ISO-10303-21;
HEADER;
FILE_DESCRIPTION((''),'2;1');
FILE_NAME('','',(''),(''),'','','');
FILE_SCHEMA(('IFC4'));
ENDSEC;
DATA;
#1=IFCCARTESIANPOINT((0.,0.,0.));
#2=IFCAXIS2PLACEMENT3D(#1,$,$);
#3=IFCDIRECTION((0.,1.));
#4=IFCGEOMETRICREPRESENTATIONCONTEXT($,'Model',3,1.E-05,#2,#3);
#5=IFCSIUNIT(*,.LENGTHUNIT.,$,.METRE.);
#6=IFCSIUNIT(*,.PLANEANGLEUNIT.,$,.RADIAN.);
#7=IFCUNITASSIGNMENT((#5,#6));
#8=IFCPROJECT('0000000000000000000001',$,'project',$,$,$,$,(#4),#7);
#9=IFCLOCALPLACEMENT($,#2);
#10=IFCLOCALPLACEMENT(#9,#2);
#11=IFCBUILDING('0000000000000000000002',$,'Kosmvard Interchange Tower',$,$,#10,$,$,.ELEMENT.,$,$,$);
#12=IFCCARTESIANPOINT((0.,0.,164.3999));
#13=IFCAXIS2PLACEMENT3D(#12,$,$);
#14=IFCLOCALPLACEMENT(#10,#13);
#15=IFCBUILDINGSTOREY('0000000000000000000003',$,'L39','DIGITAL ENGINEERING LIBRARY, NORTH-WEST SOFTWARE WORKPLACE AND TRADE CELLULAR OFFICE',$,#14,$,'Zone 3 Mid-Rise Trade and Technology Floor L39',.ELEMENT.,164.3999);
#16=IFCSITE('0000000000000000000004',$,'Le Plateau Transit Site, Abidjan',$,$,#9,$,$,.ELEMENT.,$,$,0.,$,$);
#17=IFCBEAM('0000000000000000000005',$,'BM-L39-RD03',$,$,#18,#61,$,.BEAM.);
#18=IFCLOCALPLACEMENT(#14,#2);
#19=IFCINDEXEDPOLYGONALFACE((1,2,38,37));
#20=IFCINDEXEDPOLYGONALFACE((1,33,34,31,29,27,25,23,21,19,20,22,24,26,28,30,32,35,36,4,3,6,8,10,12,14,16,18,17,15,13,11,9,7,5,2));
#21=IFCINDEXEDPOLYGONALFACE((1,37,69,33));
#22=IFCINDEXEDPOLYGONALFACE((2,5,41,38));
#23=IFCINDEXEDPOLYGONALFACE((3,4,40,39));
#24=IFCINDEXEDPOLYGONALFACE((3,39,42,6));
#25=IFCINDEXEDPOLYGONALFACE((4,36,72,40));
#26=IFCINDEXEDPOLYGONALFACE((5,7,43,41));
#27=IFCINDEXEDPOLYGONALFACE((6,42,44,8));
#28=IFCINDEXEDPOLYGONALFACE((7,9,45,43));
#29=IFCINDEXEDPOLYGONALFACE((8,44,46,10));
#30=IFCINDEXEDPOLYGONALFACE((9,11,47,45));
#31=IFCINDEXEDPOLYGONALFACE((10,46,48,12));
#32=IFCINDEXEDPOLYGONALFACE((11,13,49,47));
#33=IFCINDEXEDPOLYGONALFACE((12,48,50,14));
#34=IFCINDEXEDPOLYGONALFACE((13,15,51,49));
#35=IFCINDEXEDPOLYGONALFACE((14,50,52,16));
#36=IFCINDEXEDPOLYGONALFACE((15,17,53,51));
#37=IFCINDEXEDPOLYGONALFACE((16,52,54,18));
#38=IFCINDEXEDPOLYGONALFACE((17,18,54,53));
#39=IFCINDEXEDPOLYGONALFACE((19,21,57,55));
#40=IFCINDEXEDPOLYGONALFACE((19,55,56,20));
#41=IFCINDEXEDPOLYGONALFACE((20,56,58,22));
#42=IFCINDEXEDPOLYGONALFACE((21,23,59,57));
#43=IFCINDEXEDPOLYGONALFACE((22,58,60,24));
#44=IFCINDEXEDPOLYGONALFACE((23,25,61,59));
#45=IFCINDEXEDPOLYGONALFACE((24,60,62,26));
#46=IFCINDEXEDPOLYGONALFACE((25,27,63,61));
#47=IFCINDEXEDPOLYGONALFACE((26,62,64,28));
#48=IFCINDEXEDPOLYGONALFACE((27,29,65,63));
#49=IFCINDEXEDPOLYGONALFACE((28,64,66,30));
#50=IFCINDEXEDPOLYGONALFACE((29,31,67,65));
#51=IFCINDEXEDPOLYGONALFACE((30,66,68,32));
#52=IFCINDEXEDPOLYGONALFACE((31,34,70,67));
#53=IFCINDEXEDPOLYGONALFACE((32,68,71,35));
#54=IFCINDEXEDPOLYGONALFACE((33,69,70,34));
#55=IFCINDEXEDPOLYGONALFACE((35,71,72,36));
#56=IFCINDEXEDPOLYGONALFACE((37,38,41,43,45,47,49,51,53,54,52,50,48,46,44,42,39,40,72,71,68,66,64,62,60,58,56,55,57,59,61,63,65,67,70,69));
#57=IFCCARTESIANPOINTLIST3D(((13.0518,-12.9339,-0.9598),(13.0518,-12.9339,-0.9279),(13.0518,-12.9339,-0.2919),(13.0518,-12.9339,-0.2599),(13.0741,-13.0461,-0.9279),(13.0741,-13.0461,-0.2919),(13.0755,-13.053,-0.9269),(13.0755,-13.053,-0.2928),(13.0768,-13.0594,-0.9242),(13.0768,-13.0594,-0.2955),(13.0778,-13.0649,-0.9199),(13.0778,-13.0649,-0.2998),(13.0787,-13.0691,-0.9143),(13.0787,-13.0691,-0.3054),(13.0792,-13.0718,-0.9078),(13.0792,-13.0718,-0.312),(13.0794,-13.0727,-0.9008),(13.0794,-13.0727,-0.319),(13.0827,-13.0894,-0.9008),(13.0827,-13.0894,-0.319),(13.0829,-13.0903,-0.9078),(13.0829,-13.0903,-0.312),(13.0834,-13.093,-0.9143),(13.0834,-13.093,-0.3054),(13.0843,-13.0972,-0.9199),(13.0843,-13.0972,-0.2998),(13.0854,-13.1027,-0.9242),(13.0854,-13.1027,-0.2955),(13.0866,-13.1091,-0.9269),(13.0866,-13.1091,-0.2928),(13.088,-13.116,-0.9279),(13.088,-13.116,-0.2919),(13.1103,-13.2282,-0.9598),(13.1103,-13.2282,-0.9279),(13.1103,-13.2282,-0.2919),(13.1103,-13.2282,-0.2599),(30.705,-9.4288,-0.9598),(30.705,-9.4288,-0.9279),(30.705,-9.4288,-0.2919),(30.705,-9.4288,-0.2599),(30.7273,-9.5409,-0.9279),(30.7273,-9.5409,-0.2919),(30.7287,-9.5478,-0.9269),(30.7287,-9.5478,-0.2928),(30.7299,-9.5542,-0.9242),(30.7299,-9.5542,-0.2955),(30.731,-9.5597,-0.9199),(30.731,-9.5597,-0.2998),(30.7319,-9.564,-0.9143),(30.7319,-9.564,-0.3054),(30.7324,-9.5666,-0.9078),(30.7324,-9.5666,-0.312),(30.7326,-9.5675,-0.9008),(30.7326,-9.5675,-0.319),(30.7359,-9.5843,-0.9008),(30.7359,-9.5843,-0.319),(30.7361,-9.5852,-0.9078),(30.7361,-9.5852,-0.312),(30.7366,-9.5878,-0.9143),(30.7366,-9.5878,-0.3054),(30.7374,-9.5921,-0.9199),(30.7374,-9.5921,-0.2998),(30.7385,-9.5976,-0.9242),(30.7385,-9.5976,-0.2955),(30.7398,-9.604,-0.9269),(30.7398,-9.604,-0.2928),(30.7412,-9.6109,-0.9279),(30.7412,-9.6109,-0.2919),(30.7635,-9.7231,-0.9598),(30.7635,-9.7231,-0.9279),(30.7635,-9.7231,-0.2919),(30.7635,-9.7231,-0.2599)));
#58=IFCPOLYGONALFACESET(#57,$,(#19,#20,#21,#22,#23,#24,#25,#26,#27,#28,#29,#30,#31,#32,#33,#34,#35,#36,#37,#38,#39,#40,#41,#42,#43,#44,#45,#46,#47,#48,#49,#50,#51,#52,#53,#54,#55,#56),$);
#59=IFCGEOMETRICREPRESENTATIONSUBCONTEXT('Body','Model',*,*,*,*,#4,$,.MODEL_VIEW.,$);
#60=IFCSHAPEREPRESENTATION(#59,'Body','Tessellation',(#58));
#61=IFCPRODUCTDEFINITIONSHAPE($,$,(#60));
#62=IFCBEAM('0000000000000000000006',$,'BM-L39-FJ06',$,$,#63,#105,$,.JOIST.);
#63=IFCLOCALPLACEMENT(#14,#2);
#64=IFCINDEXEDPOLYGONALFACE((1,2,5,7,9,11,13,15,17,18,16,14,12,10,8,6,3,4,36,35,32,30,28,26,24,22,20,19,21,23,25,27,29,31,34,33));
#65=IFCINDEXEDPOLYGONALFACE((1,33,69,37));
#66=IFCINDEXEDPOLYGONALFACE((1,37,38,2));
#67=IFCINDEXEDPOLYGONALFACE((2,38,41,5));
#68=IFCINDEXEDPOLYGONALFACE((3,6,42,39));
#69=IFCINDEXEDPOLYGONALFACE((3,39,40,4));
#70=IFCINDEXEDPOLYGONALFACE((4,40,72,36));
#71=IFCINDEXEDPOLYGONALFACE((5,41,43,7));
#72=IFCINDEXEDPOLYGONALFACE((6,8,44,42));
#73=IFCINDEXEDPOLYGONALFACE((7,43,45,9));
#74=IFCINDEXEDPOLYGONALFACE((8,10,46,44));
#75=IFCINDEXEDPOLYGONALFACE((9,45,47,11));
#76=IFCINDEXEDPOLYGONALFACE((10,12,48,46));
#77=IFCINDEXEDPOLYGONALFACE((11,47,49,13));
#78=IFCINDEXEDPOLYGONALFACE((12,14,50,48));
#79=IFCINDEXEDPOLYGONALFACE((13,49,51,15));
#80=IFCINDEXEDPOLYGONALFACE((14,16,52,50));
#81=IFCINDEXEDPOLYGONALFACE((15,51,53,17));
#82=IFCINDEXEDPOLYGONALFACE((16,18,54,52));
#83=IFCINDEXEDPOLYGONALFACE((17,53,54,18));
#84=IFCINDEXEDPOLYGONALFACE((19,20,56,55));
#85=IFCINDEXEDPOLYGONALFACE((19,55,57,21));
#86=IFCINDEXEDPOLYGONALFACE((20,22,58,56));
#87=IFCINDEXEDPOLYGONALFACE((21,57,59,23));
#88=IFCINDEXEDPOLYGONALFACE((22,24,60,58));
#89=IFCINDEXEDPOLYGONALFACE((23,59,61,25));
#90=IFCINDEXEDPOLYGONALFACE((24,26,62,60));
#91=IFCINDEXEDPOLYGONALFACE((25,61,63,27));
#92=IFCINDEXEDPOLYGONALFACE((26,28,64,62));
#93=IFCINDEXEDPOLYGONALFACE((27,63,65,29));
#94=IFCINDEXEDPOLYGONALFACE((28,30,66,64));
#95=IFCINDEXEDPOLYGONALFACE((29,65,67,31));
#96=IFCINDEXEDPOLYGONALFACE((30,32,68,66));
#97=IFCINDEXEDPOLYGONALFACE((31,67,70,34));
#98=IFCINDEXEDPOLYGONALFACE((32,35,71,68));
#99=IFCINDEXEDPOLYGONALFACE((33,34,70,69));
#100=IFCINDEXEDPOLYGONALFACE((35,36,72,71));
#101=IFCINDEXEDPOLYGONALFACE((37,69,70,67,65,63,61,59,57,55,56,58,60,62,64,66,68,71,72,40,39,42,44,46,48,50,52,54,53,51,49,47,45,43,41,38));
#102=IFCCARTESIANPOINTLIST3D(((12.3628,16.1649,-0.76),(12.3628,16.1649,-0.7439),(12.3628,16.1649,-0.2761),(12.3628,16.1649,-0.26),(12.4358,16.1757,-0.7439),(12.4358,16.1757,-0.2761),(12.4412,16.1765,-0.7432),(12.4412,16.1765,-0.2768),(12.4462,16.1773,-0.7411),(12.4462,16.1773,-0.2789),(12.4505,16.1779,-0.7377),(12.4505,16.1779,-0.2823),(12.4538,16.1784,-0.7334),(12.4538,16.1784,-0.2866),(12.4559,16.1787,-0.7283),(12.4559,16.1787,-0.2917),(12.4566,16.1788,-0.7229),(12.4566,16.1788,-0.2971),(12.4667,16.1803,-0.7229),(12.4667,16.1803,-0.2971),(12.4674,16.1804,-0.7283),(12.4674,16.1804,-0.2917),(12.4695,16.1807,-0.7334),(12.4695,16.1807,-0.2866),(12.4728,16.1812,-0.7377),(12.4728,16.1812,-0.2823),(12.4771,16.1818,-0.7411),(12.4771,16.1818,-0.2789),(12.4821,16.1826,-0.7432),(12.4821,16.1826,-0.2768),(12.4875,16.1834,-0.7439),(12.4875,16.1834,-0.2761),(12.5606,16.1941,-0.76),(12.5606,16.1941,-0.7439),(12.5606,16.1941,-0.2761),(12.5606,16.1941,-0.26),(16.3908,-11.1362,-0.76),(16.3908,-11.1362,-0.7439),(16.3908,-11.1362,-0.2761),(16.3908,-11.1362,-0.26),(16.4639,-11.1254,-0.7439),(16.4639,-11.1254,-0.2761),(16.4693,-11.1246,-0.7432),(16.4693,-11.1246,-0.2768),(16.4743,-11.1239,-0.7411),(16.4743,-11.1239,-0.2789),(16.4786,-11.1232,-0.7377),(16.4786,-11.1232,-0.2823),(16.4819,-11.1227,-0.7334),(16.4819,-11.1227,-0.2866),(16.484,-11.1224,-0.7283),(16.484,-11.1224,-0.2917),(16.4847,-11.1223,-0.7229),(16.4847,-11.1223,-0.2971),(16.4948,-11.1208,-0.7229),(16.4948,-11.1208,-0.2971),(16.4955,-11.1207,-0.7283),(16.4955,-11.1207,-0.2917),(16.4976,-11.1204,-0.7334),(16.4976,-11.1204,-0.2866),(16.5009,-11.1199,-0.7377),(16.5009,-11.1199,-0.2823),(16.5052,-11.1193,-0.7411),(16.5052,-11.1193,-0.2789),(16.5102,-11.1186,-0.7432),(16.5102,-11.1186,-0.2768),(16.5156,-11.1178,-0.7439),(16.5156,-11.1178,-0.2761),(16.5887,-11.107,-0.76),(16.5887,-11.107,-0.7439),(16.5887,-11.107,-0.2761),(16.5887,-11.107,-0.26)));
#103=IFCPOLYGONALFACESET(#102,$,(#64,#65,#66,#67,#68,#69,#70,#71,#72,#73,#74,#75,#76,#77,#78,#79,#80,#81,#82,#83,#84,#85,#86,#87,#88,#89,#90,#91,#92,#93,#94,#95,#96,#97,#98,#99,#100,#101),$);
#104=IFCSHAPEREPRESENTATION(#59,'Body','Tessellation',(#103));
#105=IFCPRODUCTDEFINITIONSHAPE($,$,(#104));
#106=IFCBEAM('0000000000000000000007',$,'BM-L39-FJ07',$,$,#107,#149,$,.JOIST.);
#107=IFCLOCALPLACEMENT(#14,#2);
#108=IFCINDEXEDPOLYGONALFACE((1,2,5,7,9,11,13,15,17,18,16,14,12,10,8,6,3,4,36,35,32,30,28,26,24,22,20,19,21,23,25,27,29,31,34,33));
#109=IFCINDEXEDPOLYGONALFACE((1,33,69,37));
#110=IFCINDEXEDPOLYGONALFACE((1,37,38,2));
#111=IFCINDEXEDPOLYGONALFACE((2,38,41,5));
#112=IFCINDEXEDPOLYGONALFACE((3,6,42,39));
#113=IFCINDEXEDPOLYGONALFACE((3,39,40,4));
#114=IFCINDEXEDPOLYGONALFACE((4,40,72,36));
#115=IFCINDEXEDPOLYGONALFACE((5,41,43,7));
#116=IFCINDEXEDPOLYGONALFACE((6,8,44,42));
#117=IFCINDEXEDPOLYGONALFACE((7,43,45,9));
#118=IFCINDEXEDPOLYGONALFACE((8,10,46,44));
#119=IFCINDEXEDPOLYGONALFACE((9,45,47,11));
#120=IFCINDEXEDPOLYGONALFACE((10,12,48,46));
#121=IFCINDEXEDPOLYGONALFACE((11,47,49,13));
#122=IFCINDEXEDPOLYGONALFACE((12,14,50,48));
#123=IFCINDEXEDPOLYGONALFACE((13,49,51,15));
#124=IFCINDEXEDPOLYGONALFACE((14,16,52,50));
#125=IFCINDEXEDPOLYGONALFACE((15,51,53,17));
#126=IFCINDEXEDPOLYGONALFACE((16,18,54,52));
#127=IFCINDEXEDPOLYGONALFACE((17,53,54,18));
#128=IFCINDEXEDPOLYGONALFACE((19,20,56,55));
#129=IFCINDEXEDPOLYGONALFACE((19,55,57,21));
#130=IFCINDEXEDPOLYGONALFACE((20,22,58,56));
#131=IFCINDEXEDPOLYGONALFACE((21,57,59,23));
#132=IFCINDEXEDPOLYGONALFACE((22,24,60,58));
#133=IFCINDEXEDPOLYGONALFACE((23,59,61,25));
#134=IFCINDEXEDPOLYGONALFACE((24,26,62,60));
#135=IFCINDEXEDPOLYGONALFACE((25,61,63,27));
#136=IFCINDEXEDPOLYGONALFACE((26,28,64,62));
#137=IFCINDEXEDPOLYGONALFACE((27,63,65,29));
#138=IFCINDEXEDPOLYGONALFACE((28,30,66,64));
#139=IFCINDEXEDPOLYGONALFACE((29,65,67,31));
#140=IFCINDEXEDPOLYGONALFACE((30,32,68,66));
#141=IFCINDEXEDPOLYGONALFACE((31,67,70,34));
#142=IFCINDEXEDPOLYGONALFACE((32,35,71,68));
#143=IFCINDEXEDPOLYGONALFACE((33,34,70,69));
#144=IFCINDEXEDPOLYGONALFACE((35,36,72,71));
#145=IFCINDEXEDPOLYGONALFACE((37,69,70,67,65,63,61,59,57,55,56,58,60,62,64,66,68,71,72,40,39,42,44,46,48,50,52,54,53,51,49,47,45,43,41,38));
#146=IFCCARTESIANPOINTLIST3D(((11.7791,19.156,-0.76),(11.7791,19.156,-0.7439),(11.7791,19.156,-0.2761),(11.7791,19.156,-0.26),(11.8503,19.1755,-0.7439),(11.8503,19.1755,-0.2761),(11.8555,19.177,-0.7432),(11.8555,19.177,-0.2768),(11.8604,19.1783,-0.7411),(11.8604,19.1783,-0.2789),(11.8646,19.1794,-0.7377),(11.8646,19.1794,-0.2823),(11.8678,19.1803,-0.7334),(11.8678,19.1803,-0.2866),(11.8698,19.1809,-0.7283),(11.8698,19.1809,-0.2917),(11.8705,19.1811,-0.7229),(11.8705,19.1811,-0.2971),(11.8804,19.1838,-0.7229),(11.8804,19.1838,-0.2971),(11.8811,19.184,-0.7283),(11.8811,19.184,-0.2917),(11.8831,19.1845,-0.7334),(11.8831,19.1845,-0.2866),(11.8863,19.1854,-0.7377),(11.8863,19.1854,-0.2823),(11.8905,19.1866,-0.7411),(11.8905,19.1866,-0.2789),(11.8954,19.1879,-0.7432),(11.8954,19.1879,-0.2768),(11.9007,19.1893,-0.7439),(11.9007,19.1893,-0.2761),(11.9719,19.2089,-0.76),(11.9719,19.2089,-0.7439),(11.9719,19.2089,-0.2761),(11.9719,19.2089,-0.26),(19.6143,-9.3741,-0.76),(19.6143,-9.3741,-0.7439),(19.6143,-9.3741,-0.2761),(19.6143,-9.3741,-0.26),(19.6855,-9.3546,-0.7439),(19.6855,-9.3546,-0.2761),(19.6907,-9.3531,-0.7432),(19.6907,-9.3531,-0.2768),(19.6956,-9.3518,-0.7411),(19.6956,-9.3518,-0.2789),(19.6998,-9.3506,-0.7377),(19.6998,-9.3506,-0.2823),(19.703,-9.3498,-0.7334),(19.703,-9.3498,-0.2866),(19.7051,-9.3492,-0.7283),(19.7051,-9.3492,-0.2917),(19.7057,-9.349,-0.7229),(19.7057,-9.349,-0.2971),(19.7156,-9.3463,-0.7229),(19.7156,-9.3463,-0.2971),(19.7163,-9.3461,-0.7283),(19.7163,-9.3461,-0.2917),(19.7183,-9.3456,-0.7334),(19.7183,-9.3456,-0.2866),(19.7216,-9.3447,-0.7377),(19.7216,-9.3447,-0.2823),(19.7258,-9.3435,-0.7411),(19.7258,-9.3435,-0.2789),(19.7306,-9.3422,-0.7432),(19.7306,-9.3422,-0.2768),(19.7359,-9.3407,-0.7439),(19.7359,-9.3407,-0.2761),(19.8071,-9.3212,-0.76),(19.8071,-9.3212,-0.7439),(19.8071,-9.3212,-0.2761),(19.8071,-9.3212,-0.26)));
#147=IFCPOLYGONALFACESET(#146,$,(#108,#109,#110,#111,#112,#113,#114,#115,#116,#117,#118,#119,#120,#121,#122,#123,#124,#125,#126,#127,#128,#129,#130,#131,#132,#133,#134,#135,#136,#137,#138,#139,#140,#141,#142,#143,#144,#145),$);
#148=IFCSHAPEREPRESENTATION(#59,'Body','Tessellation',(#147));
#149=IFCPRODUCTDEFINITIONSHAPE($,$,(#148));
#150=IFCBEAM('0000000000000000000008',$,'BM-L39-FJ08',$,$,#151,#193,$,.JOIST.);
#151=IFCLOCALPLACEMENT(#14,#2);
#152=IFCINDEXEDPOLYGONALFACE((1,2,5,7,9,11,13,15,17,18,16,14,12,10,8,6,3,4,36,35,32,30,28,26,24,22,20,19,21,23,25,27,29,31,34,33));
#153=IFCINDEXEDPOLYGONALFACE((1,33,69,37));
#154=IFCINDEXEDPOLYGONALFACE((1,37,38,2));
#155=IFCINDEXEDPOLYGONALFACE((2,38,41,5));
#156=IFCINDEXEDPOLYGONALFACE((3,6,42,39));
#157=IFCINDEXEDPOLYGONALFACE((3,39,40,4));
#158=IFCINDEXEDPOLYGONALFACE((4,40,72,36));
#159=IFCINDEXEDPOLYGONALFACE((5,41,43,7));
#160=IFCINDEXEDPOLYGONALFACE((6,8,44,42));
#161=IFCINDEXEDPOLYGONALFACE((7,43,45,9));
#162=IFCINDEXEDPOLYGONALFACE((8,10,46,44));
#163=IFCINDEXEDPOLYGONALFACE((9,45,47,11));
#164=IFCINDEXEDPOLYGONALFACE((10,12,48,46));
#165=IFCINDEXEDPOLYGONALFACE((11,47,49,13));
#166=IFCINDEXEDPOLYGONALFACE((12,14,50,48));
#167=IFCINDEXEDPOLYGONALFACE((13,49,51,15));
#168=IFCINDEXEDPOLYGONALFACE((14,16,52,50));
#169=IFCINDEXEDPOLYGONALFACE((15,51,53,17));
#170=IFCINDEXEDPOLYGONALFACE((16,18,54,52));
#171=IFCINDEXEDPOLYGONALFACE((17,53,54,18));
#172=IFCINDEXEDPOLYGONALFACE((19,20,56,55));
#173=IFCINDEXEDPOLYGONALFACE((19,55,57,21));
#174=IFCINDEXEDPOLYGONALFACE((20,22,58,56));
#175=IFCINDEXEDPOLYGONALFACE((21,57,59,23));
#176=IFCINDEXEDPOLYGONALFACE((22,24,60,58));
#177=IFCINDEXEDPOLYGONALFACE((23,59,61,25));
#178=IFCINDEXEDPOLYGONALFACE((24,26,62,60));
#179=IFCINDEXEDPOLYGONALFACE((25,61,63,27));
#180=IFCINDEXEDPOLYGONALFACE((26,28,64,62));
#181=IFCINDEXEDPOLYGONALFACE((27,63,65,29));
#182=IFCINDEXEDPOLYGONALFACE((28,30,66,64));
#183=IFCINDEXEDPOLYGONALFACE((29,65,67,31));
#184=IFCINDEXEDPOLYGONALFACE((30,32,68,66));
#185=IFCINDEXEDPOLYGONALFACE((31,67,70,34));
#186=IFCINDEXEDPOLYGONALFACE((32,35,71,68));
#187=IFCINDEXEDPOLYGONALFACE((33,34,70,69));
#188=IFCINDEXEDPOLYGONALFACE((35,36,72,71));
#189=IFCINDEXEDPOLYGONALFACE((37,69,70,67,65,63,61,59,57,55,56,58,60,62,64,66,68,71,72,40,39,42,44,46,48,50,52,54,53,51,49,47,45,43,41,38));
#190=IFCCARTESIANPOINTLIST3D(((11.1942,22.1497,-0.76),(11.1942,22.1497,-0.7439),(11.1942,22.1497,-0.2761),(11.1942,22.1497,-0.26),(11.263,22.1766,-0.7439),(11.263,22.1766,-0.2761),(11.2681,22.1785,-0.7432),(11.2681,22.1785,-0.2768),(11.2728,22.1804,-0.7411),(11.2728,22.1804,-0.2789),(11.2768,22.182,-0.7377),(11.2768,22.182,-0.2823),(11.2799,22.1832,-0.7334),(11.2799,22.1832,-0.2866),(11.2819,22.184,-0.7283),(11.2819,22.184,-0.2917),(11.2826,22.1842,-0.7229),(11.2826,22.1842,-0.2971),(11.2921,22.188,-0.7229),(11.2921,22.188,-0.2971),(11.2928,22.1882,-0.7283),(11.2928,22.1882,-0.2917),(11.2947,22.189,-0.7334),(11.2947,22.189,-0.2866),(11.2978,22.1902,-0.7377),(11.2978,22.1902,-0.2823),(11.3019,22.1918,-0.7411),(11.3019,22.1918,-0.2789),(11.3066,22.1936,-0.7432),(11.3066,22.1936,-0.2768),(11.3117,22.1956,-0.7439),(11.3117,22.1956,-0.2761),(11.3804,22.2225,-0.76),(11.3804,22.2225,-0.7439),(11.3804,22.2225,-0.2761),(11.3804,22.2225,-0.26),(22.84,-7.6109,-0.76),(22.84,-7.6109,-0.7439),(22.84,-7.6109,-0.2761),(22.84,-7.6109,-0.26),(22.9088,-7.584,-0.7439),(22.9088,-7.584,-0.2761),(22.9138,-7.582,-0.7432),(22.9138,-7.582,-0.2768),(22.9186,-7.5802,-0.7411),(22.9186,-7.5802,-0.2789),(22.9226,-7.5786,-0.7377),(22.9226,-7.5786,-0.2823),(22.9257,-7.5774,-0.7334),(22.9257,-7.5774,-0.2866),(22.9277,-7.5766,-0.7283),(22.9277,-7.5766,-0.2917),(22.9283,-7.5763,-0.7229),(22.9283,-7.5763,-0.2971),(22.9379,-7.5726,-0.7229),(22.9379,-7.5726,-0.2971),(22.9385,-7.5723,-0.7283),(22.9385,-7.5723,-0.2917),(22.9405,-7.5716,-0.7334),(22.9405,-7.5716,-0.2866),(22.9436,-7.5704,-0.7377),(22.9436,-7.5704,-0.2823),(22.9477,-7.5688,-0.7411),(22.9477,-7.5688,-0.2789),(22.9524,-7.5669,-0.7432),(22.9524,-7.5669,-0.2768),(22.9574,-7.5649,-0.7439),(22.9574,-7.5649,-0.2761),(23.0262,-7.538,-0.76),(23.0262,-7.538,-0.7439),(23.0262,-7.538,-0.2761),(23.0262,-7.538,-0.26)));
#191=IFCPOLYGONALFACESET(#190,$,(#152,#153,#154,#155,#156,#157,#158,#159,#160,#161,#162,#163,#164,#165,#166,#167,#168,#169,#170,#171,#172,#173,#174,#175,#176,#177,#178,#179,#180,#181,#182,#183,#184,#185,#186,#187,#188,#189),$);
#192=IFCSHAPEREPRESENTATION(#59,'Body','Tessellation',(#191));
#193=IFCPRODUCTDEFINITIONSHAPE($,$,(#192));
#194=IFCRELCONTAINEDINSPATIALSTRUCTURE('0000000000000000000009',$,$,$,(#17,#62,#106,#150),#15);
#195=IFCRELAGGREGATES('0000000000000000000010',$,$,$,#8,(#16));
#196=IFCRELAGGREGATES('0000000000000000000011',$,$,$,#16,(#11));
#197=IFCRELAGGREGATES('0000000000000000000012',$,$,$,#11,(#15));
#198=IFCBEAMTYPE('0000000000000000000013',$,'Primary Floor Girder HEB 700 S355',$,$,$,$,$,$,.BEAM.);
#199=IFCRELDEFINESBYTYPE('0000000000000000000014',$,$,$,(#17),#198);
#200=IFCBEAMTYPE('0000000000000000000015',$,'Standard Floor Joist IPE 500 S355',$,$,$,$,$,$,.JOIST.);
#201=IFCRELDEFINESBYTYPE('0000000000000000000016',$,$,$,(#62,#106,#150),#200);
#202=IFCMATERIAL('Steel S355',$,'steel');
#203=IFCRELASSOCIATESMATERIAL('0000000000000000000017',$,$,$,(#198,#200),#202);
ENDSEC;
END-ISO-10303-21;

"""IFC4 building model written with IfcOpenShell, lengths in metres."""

from ifc_helpers import new_model, si_unit, direction, frame, origin, origin_2d, place, context, subcontext, project, spatial, i_section, extrude, source, transform, mapped, material, material_profile, profile_set, type_object, element, save


model = new_model("IFC4")

# Units and contexts
model_context = context("Model", 3, precision=1e-05, world=origin(), true_north=direction((0.0, 1.0)))
body_context = subcontext(model_context, "Body", "Model", "MODEL_VIEW")
ifc_project = project(units=[si_unit("LENGTHUNIT", "METRE"), si_unit("PLANEANGLEUNIT", "RADIAN")], contexts=[model_context])

# Site, building, storey
site_placement = place(None, origin())
site = spatial("IfcSite", under=ifc_project, at=site_placement, Name="Le Plateau Transit Site, Abidjan", CompositionType="ELEMENT", RefElevation=0.0)
building_placement = place(site_placement, origin())
building = spatial("IfcBuilding", under=site, at=building_placement, Name="Kosmvard Interchange Tower", CompositionType="ELEMENT")
storey_placement = place(building_placement, frame((0.0, 0.0, 164.3999)))
storey = spatial("IfcBuildingStorey", under=building, at=storey_placement, Name="L39", Description="DIGITAL ENGINEERING LIBRARY, NORTH-WEST SOFTWARE WORKPLACE AND TRADE CELLULAR OFFICE", LongName="Zone 3 Mid-Rise Trade and Technology Floor L39", CompositionType="ELEMENT", Elevation=164.3999)

# Beams
ifc_material_1 = material(Name="Steel S355", Category="steel")
ifc_material_profile_1 = material_profile(ifc_material_1, i_section(OverallWidth=0.3, OverallDepth=0.7, WebThickness=0.0171, FlangeThickness=0.032, FilletRadius=0.0271, at=origin_2d()), Name="HEB 700")
ifc_profile_set_1 = profile_set([ifc_material_profile_1], Name="Steel S355")
beam_type_1 = type_object("IfcBeamType", Name="Primary Floor Girder HEB 700 S355", PredefinedType="BEAM", material=ifc_profile_set_1)
shared_shape_1 = source(origin(), body_context, "Body", "SweptSolid", [
    extrude(i_section(OverallWidth=0.3, OverallDepth=0.7, WebThickness=0.0171, FlangeThickness=0.032, FilletRadius=0.0271, at=origin_2d()), origin(), (0.0, 0.0, 1.0), 17.9978),
])
beam_1_placement = place(storey_placement, frame((13.0811, -13.0811, -0.6099), z_axis=(0.980852, 0.194754, 0.0), x_axis=(-0.194754, 0.980852, 0.0)))
element("IfcBeam", 1, at=beam_1_placement, inside=storey, type_object=beam_type_1, Name="BM-L39-RD03", PredefinedType="BEAM", context=body_context, shape_type="MappedRepresentation", body=[
    mapped(shared_shape_1, transform((0.0, 0.0, 0.0), scale=1.0)),
])
ifc_material_profile_2 = material_profile(ifc_material_1, i_section(OverallWidth=0.2, OverallDepth=0.5, WebThickness=0.0103, FlangeThickness=0.0161, FilletRadius=0.021, at=origin_2d()), Name="IPE 500")
ifc_profile_set_2 = profile_set([ifc_material_profile_2], Name="Steel S355")
beam_type_2 = type_object("IfcBeamType", Name="Standard Floor Joist IPE 500 S355", PredefinedType="JOIST", material=ifc_profile_set_2)
shared_shape_2 = source(origin(), body_context, "Body", "SweptSolid", [
    extrude(i_section(OverallWidth=0.2, OverallDepth=0.5, WebThickness=0.0103, FlangeThickness=0.0161, FilletRadius=0.021, at=origin_2d()), origin(), (0.0, 0.0, 1.0), 27.5967),
])
beam_2_placement = place(storey_placement, frame((16.4897, -11.1216, -0.51), z_axis=(-0.145963, 0.98929, 0.0), x_axis=(-0.98929, -0.145963, 0.0)))
element("IfcBeam", 2, at=beam_2_placement, inside=storey, type_object=beam_type_2, Name="BM-L39-FJ06", PredefinedType="JOIST", context=body_context, shape_type="MappedRepresentation", body=[
    mapped(shared_shape_2, transform((0.0, 0.0, 0.0), scale=1.0)),
])
shared_shape_3 = source(origin(), body_context, "Body", "SweptSolid", [
    extrude(i_section(OverallWidth=0.2, OverallDepth=0.5, WebThickness=0.0103, FlangeThickness=0.0161, FilletRadius=0.021, at=origin_2d()), origin(), (0.0, 0.0, 1.0), 29.5864),
])
beam_3_placement = place(storey_placement, frame((19.7107, -9.3477, -0.51), z_axis=(-0.264825, 0.964297, 0.0), x_axis=(-0.964297, -0.264825, 0.0)))
element("IfcBeam", 3, at=beam_3_placement, inside=storey, type_object=beam_type_2, Name="BM-L39-FJ07", PredefinedType="JOIST", context=body_context, shape_type="MappedRepresentation", body=[
    mapped(shared_shape_3, transform((0.0, 0.0, 0.0), scale=1.0)),
])
shared_shape_4 = source(origin(), body_context, "Body", "SweptSolid", [
    extrude(i_section(OverallWidth=0.2, OverallDepth=0.5, WebThickness=0.0103, FlangeThickness=0.0161, FilletRadius=0.021, at=origin_2d()), origin(), (0.0, 0.0, 1.0), 31.958),
])
beam_4_placement = place(storey_placement, frame((22.9331, -7.5745, -0.51), z_axis=(-0.364409, 0.931239, 0.0), x_axis=(-0.931239, -0.364409, 0.0)))
element("IfcBeam", 4, at=beam_4_placement, inside=storey, type_object=beam_type_2, Name="BM-L39-FJ08", PredefinedType="JOIST", context=body_context, shape_type="MappedRepresentation", body=[
    mapped(shared_shape_4, transform((0.0, 0.0, 0.0), scale=1.0)),
])

save(model, "model.ifc")
